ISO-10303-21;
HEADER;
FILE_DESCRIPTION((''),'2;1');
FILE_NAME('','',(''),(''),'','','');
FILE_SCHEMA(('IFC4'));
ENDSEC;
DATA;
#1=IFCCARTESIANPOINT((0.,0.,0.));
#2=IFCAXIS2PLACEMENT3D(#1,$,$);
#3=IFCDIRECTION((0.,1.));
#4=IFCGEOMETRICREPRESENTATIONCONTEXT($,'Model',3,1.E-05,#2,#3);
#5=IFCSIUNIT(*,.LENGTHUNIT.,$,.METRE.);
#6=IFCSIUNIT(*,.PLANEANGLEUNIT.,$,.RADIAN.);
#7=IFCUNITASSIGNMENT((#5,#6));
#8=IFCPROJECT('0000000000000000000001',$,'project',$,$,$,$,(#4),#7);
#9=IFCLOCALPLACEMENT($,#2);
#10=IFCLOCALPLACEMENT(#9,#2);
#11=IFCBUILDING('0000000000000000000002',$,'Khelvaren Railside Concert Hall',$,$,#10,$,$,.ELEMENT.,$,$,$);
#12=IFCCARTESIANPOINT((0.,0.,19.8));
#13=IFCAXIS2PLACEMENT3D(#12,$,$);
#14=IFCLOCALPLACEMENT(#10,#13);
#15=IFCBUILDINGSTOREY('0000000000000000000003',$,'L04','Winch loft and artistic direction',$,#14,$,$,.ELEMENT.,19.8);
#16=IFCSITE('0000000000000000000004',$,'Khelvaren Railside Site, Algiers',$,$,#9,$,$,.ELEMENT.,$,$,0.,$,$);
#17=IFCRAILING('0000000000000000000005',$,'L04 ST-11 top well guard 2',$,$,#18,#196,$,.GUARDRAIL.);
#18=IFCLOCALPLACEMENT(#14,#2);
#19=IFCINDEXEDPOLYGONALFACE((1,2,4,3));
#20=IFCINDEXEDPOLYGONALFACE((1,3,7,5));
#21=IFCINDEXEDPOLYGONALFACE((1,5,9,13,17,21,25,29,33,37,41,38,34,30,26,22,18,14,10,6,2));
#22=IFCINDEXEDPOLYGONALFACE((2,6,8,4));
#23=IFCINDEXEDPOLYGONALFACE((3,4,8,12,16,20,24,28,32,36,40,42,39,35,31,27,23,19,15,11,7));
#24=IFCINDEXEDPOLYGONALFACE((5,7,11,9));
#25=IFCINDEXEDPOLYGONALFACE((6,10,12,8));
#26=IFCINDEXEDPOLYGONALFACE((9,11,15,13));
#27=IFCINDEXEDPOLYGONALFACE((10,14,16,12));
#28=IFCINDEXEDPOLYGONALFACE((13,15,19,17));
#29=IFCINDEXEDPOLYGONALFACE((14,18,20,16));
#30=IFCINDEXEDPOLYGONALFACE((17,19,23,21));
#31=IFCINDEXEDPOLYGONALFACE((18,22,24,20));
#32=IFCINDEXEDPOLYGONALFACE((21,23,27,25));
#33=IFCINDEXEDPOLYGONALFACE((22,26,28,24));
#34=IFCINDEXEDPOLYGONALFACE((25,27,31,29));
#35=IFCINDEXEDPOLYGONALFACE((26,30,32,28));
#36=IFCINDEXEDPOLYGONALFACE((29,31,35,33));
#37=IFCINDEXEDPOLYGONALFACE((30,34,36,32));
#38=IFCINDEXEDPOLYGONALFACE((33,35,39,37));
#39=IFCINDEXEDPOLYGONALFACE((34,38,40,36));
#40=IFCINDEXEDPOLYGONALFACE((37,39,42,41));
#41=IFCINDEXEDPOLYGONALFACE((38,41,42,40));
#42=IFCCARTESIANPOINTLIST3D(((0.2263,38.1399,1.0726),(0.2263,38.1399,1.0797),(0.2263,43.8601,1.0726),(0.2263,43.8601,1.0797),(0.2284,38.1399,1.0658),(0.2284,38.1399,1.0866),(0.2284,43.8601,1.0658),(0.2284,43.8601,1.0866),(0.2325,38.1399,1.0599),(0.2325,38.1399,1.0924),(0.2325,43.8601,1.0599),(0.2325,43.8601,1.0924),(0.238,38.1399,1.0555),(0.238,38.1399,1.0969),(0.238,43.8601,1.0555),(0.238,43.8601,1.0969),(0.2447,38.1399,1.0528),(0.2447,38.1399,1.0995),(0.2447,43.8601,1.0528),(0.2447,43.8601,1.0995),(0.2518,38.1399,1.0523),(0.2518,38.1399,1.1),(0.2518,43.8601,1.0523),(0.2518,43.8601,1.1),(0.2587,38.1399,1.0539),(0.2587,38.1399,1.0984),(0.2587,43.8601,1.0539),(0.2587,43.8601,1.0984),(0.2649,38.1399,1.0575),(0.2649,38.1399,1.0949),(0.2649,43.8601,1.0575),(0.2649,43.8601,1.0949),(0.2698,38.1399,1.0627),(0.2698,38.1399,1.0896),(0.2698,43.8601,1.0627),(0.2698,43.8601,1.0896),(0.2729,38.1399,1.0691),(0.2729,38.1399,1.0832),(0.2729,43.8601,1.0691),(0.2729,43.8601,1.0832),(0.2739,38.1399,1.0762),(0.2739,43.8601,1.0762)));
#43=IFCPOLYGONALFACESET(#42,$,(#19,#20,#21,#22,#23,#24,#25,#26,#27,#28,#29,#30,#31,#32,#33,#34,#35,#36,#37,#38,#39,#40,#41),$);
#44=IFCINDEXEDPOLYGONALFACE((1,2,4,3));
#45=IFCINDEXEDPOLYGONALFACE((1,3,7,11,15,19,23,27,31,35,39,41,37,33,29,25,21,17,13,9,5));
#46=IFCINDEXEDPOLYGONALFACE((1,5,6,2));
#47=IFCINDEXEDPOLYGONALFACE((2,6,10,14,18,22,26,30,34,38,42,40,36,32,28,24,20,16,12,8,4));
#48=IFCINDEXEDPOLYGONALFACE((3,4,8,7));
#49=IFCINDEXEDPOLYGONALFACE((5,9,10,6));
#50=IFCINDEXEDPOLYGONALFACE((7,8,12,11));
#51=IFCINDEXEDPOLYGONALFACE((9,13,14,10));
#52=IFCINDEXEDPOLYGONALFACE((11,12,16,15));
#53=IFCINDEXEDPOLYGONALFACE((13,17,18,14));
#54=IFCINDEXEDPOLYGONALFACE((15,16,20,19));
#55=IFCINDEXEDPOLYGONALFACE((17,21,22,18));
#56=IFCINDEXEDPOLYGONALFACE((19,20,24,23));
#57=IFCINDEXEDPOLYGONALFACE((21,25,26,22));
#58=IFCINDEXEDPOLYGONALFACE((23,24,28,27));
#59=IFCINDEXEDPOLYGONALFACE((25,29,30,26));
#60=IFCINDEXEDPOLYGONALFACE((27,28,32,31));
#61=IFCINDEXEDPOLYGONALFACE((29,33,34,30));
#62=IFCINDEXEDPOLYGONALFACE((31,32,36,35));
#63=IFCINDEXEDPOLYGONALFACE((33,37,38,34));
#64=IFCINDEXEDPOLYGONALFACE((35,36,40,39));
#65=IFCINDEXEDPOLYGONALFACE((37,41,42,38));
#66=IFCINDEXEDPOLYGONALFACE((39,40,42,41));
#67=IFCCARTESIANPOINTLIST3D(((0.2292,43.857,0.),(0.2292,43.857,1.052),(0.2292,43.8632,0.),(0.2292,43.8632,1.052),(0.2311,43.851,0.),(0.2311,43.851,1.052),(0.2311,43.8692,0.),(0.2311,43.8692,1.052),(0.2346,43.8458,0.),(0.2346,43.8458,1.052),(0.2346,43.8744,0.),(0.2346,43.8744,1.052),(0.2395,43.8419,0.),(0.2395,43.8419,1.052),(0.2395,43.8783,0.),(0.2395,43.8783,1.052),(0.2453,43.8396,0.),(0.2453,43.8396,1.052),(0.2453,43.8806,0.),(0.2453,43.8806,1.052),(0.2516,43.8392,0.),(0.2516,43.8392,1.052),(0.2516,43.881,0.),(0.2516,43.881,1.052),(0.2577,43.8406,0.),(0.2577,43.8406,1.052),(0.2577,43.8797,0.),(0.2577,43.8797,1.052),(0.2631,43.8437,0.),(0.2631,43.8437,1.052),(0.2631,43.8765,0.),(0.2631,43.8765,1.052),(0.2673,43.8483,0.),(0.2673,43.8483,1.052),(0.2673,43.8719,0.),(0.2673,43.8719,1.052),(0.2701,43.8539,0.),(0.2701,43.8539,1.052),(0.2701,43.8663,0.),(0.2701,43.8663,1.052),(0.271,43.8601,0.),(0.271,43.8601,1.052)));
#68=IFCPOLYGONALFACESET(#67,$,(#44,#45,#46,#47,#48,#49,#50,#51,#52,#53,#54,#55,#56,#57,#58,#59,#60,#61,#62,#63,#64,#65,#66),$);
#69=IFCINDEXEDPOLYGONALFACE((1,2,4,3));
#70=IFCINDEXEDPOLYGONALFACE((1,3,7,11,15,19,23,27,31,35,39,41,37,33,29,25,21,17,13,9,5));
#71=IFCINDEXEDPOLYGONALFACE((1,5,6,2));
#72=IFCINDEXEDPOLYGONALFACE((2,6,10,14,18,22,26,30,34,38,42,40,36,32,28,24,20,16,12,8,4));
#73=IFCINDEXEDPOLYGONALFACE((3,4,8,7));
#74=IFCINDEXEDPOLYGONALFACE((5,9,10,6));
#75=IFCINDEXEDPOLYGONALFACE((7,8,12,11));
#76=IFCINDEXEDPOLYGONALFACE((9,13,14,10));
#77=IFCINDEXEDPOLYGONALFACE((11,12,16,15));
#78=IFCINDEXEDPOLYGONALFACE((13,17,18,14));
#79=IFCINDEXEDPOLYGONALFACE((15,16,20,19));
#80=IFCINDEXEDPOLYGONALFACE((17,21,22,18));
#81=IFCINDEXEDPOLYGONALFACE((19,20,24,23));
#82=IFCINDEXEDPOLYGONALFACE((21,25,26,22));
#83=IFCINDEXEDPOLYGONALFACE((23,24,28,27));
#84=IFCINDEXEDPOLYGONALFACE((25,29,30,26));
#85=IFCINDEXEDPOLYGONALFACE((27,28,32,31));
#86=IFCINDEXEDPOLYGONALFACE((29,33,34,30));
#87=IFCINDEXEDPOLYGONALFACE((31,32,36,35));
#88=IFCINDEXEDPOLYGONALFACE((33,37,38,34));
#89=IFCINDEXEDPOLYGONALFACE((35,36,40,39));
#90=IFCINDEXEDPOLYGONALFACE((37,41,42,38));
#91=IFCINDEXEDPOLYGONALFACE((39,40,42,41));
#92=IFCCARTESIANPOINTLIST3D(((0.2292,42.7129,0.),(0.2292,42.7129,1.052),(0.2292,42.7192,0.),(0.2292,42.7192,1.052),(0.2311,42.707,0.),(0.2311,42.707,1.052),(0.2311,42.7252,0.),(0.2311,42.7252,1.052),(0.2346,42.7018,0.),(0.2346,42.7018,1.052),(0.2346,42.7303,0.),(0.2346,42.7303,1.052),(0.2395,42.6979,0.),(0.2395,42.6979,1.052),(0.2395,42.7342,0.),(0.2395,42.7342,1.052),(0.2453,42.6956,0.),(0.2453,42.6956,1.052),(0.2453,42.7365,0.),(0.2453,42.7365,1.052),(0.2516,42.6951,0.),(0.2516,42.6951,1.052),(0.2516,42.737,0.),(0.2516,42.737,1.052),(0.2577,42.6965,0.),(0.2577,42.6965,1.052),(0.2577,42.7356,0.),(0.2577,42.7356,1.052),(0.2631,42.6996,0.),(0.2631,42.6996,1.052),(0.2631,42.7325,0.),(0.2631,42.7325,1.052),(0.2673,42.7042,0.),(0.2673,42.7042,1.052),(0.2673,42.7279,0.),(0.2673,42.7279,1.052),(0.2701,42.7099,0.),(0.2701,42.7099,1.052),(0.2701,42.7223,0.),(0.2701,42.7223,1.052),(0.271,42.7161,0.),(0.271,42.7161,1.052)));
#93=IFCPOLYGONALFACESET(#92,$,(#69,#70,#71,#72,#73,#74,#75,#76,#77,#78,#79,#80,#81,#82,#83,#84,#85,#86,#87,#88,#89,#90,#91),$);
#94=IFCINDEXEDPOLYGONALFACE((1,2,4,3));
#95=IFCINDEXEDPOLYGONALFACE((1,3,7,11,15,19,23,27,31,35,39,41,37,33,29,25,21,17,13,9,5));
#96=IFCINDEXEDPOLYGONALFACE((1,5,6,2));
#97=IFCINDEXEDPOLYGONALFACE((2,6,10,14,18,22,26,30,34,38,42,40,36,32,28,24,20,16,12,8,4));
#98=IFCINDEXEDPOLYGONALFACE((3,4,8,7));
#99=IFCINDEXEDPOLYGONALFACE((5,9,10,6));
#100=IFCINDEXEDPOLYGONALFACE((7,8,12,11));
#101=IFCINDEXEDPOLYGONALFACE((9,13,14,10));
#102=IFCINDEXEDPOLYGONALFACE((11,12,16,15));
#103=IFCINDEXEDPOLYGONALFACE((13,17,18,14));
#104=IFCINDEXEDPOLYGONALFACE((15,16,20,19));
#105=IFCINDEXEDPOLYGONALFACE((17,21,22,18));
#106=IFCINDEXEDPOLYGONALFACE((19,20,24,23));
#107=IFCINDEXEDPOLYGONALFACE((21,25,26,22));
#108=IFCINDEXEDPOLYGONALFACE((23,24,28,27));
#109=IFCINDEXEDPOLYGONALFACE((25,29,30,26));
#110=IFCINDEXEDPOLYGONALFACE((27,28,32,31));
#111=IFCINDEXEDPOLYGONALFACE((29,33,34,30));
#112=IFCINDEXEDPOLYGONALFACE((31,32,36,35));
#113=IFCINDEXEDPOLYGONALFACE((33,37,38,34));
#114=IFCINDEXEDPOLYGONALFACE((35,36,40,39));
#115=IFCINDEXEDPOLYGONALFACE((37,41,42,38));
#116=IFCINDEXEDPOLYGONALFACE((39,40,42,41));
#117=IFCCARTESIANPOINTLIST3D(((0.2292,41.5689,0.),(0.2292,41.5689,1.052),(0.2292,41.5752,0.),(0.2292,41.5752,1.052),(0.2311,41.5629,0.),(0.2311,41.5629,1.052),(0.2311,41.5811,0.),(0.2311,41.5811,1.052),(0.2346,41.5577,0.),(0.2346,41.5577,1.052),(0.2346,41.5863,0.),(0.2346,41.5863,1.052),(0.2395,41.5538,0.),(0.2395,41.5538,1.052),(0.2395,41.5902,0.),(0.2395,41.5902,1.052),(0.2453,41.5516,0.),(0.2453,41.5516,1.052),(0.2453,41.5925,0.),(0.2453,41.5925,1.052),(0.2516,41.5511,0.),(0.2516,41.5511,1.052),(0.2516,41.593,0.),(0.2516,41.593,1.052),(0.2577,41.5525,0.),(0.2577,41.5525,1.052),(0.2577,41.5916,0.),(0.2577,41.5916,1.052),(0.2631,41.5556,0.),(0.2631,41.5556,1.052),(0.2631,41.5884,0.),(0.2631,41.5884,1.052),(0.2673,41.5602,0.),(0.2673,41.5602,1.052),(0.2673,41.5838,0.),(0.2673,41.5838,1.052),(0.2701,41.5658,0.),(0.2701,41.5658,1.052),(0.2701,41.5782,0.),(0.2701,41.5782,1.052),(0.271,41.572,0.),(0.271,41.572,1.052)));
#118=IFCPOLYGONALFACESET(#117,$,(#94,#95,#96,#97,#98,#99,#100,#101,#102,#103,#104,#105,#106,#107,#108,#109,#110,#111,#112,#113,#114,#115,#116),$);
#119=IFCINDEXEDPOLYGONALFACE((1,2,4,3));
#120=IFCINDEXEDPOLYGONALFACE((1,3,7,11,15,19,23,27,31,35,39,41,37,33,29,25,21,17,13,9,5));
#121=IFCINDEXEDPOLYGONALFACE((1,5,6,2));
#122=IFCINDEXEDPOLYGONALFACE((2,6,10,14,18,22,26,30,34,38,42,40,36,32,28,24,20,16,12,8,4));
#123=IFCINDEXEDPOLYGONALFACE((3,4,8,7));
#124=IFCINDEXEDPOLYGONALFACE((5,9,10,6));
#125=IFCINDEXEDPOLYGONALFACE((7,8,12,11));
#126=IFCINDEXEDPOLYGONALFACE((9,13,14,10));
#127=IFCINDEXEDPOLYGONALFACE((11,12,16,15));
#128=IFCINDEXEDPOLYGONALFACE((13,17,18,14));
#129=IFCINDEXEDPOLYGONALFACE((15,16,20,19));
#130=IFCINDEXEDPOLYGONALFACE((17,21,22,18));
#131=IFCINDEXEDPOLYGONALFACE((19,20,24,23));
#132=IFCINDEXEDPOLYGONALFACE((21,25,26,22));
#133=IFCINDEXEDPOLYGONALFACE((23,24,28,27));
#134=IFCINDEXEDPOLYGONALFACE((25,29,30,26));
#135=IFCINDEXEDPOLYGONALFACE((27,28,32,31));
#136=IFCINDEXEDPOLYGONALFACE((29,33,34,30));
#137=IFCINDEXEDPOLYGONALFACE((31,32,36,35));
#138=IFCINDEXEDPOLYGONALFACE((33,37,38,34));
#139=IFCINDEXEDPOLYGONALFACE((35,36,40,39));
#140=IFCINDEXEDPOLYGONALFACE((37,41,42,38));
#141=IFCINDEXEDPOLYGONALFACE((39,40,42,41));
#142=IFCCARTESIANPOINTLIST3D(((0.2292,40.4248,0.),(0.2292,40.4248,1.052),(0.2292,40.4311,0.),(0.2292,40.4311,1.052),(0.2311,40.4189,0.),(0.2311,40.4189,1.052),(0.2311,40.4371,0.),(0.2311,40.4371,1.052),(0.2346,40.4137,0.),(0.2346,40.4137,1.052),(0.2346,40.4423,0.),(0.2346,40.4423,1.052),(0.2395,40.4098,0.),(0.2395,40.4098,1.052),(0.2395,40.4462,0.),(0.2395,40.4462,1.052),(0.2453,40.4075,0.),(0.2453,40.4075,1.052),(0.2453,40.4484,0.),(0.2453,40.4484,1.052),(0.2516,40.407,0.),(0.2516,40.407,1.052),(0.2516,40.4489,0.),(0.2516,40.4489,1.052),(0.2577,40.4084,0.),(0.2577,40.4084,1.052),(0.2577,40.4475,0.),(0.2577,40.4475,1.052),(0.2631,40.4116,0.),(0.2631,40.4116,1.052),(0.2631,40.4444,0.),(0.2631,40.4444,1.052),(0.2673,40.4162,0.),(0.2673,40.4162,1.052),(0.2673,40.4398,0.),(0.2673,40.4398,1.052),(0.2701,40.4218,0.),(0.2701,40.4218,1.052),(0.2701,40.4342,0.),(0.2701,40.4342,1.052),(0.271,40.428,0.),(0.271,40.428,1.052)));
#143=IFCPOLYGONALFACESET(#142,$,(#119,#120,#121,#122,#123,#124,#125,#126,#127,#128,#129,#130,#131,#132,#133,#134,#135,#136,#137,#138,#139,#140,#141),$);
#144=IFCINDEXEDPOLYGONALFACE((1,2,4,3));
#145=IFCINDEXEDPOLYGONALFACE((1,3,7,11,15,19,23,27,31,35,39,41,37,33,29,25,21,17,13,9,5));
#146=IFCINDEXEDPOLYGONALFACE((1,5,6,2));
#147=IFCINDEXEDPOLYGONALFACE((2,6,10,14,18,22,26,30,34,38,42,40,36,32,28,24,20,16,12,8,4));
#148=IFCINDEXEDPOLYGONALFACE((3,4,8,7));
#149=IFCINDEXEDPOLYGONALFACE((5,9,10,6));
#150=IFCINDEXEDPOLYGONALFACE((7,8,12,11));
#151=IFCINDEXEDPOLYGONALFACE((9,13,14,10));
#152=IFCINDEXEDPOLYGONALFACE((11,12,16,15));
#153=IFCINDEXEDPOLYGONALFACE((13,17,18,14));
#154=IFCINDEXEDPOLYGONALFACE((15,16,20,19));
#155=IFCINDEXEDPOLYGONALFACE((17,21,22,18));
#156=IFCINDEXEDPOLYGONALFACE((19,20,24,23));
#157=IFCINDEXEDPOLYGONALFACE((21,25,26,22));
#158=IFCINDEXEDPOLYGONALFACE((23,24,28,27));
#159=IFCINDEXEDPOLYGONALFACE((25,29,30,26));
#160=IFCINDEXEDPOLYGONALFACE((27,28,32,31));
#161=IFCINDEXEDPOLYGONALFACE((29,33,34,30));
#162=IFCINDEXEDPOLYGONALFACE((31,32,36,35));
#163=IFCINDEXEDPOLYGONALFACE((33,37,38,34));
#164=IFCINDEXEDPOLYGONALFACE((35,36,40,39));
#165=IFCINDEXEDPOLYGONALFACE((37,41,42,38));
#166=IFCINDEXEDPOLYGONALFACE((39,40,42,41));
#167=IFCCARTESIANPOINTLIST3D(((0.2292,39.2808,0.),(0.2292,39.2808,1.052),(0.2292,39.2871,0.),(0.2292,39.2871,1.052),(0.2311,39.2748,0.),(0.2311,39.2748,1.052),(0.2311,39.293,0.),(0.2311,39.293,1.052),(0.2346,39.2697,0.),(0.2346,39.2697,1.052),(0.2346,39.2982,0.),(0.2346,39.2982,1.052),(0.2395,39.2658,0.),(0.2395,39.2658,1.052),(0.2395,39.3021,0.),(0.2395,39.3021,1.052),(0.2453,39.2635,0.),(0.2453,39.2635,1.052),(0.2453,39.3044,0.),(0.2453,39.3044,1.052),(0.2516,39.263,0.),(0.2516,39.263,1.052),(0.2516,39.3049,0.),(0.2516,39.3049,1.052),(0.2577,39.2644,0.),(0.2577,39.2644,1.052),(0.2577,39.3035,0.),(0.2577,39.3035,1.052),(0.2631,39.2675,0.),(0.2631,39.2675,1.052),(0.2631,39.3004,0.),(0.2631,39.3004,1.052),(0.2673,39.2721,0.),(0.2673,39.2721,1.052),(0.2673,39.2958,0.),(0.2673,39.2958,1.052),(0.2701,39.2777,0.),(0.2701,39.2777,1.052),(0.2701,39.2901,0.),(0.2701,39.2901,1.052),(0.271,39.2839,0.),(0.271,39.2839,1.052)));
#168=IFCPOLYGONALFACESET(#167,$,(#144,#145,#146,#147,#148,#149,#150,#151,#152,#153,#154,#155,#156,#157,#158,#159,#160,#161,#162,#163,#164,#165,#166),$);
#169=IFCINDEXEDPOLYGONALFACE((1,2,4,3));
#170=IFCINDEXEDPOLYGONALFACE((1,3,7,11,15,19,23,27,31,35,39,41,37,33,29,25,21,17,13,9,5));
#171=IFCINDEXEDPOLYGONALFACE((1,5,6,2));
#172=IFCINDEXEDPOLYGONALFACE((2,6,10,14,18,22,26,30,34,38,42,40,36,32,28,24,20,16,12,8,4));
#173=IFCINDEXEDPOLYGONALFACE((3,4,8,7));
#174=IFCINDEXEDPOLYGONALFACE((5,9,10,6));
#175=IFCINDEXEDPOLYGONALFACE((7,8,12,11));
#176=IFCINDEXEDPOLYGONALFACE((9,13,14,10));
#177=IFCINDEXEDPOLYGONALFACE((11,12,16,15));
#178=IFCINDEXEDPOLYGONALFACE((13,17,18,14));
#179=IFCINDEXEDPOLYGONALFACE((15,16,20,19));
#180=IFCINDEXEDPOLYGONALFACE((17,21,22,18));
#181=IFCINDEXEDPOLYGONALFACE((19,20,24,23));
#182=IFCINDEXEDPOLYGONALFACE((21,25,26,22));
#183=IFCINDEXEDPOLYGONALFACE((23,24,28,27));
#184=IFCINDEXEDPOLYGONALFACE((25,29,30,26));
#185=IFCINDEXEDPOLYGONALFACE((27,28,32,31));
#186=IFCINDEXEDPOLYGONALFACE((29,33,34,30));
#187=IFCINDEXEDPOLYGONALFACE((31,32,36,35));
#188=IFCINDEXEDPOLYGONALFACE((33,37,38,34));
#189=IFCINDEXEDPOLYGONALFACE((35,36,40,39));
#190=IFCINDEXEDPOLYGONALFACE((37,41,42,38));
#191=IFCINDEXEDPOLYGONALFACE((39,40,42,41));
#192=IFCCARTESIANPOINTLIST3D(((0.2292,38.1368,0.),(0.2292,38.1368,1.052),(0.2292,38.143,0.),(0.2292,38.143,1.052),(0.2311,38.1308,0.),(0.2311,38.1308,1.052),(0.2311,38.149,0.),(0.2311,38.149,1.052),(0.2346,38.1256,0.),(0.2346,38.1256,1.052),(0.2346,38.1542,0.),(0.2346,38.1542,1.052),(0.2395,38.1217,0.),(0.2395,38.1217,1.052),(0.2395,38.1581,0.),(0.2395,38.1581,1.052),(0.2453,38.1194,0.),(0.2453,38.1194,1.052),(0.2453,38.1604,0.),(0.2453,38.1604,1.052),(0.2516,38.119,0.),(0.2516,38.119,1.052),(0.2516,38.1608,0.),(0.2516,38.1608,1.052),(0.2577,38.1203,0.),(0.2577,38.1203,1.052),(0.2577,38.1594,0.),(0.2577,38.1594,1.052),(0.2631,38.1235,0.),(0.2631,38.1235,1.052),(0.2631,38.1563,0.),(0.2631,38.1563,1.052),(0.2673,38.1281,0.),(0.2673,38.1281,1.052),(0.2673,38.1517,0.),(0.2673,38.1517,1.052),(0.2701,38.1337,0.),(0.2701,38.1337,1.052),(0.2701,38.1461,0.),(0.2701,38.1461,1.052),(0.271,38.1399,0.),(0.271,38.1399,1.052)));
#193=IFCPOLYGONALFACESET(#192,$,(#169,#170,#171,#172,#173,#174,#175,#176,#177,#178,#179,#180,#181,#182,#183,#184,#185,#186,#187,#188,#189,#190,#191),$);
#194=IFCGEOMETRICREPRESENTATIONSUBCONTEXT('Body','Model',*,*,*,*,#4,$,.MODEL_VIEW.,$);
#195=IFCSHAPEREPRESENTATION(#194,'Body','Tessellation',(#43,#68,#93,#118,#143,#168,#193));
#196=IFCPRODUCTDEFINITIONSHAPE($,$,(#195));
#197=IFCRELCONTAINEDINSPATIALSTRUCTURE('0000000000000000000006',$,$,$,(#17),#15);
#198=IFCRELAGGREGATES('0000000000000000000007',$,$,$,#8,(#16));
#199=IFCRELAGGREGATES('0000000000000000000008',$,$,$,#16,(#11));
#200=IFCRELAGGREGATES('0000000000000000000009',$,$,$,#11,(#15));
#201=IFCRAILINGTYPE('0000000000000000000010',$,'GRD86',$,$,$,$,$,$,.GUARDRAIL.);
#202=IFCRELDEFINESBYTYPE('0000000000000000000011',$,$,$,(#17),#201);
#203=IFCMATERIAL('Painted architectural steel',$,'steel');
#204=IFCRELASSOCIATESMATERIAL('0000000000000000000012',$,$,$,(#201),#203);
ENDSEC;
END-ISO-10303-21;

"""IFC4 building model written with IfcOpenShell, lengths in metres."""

from ifc_helpers import new_model, si_unit, direction, frame, origin, origin_2d, place, context, subcontext, project, spatial, circle, extrude, material, type_object, element, save


model = new_model("IFC4")

# Units and contexts
model_context = context("Model", 3, precision=1e-05, world=origin(), true_north=direction((0.0, 1.0)))
body_context = subcontext(model_context, "Body", "Model", "MODEL_VIEW")
ifc_project = project(units=[si_unit("LENGTHUNIT", "METRE"), si_unit("PLANEANGLEUNIT", "RADIAN")], contexts=[model_context])

# Site, building, storey
site_placement = place(None, origin())
site = spatial("IfcSite", under=ifc_project, at=site_placement, Name="Khelvaren Railside Site, Algiers", CompositionType="ELEMENT", RefElevation=0.0)
building_placement = place(site_placement, origin())
building = spatial("IfcBuilding", under=site, at=building_placement, Name="Khelvaren Railside Concert Hall", CompositionType="ELEMENT")
storey_placement = place(building_placement, frame((0.0, 0.0, 19.8)))
storey = spatial("IfcBuildingStorey", under=building, at=storey_placement, Name="L04", Description="Winch loft and artistic direction", CompositionType="ELEMENT", Elevation=19.8)

# Railing
ifc_material_1 = material(Name="Painted architectural steel", Category="steel")
railing_type = type_object("IfcRailingType", Name="GRD86", PredefinedType="GUARDRAIL", material=ifc_material_1)
for number, where, name in (
    (1, (0.25, 43.8601, 0.0), "L04 ST-11 top well guard 2"),
):
    element("IfcRailing", number, at=place(storey_placement, frame(where)), inside=storey, type_object=railing_type, Name=name, PredefinedType="GUARDRAIL", context=body_context, shape_type="SweptSolid", body=[
        extrude(circle(Radius=0.0239, at=origin_2d()), frame((0.0, 0.0, 1.0762), z_axis=(0.0, -1.0, 0.0), x_axis=(1.0, 0.0, 0.0)), (0.0, 0.0, 1.0), 5.7202),
        extrude(circle(Radius=0.021, at=origin_2d()), origin(), (0.0, 0.0, 1.0), 1.052),
        extrude(circle(Radius=0.021, at=origin_2d()), frame((0.0, -1.144, 0.0)), (0.0, 0.0, 1.0), 1.052),
        extrude(circle(Radius=0.021, at=origin_2d()), frame((0.0, -2.2881, 0.0)), (0.0, 0.0, 1.0), 1.052),
        extrude(circle(Radius=0.021, at=origin_2d()), frame((0.0, -3.4321, 0.0)), (0.0, 0.0, 1.0), 1.052),
        extrude(circle(Radius=0.021, at=origin_2d()), frame((0.0, -4.5762, 0.0)), (0.0, 0.0, 1.0), 1.052),
        extrude(circle(Radius=0.021, at=origin_2d()), frame((0.0, -5.7202, 0.0)), (0.0, 0.0, 1.0), 1.052),
    ])

save(model, "model.ifc")
